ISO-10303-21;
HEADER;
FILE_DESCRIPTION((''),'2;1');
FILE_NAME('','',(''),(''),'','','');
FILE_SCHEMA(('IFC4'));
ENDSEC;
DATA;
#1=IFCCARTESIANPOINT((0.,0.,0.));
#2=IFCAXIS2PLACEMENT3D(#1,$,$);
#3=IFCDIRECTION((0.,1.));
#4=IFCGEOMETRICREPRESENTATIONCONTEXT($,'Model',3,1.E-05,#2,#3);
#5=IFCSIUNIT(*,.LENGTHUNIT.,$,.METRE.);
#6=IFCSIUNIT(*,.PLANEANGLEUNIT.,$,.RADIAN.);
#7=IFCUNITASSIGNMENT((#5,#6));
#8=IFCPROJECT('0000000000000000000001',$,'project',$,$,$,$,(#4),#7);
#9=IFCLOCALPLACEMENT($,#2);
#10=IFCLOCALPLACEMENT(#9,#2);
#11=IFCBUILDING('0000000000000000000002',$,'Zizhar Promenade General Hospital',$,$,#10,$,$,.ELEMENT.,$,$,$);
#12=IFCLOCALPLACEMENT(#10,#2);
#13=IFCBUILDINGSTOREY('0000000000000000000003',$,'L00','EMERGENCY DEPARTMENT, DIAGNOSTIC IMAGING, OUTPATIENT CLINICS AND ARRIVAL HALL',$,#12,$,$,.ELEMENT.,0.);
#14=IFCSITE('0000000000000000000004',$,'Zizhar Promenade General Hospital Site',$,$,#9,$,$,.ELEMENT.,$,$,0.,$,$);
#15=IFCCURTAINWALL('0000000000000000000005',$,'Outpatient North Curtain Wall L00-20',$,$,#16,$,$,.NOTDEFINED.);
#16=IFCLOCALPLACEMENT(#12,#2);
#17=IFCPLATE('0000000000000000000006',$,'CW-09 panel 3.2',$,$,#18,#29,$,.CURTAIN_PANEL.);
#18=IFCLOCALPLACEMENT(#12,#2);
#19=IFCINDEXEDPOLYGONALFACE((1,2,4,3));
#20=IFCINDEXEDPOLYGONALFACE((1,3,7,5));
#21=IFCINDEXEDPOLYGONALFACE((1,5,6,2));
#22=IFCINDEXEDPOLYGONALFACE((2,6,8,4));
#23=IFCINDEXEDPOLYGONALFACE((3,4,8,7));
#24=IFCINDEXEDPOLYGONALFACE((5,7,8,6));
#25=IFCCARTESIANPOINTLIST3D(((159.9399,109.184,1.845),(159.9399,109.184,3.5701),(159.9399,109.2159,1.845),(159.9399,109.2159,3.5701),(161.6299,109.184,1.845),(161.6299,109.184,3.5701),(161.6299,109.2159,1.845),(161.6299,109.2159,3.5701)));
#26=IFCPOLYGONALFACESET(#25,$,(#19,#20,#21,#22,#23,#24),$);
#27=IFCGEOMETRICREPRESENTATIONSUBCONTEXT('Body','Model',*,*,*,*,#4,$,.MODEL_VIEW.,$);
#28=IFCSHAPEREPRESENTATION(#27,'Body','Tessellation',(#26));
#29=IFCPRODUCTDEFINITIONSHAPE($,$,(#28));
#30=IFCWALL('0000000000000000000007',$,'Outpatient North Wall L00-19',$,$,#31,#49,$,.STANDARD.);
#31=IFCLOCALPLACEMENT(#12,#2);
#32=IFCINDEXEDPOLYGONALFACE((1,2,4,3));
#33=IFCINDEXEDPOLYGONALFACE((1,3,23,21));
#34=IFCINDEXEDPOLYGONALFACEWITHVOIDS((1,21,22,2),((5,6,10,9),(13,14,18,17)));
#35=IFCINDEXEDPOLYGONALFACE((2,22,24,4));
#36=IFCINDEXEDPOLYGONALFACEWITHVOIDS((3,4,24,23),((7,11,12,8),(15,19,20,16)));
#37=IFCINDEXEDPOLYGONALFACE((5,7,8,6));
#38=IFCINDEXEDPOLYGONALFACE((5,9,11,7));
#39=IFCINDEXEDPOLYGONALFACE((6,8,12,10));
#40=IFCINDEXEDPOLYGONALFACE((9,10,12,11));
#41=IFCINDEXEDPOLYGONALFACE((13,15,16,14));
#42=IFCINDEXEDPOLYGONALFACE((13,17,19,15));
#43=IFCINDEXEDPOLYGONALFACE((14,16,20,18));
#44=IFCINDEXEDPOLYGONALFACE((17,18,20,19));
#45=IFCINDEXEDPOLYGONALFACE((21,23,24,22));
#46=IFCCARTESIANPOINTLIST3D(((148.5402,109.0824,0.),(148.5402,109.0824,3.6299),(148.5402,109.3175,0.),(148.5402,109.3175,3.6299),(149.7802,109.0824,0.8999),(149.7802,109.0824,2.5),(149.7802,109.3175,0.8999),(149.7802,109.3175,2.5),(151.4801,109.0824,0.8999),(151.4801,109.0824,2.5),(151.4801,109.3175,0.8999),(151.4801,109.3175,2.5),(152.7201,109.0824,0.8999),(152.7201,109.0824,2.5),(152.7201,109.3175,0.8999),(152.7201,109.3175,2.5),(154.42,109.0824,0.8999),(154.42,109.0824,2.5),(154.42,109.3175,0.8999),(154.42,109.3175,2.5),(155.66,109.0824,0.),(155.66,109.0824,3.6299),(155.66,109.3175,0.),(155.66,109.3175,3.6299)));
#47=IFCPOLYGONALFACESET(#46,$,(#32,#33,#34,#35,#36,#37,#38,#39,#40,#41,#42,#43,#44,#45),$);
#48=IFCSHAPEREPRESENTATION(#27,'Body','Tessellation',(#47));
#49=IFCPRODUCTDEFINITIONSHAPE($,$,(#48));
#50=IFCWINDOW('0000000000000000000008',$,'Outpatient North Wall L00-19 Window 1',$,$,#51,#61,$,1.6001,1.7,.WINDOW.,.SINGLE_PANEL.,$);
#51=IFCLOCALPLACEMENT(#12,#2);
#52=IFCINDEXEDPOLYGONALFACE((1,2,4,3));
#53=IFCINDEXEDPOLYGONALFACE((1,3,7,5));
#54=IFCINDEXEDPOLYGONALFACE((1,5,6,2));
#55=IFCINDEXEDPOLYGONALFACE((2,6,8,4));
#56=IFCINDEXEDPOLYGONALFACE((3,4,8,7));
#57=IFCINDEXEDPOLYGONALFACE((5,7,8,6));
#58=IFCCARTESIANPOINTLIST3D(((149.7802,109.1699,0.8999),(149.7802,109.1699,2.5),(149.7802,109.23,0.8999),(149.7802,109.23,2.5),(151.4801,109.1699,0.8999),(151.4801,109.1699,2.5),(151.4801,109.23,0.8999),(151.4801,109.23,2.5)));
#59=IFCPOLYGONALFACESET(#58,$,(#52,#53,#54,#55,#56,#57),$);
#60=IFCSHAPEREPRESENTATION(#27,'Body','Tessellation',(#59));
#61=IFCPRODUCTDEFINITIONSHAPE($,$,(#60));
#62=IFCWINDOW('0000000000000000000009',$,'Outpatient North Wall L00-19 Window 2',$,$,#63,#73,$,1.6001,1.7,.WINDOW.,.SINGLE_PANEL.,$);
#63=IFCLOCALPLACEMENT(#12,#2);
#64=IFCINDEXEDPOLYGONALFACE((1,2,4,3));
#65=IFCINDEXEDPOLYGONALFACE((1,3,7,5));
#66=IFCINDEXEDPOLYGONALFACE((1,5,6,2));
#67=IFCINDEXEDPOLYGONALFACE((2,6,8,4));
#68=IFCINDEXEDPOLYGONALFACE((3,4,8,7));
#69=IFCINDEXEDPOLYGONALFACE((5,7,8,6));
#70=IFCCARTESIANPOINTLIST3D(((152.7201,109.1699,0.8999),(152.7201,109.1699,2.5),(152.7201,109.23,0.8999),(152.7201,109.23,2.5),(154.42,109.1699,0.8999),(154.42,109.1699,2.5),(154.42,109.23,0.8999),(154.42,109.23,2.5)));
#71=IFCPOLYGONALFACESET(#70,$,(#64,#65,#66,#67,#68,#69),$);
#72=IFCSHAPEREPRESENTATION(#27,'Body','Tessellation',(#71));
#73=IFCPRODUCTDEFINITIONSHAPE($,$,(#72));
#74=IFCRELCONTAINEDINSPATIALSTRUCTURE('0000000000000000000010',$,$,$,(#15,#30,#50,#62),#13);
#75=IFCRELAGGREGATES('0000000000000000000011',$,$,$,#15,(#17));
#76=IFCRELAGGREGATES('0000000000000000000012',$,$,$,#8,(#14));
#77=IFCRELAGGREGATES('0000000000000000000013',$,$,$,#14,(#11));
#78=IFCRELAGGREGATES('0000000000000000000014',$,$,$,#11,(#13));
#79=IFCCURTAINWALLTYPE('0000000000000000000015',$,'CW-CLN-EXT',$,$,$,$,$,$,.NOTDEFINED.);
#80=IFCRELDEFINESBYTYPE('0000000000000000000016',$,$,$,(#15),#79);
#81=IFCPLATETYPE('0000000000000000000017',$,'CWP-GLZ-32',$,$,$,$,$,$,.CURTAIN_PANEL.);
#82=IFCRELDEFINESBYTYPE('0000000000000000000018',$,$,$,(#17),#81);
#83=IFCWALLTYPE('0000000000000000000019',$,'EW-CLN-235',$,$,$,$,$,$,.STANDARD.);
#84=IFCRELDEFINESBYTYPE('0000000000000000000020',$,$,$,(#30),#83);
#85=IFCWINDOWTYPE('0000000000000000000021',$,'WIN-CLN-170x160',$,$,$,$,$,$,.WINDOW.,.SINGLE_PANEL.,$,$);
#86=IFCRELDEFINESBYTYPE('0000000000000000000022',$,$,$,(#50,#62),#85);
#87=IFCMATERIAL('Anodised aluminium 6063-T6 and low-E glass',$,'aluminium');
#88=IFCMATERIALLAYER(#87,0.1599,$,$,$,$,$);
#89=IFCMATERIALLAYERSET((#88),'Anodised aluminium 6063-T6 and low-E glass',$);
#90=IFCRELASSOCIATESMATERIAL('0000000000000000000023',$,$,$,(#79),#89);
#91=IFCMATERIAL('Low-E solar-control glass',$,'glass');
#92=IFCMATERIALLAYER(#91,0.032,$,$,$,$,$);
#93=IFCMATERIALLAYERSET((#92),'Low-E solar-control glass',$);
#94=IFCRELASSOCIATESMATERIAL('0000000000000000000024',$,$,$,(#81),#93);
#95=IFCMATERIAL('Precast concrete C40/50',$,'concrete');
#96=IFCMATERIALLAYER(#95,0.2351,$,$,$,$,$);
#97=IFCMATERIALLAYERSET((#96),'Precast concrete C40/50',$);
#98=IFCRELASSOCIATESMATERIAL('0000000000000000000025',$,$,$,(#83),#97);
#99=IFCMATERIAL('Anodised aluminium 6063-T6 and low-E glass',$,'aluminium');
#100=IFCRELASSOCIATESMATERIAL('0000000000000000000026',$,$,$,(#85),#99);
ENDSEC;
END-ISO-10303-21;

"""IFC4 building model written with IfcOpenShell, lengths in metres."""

from ifc_helpers import new_model, si_unit, direction, frame, frame_2d, origin, origin_2d, place, context, subcontext, project, spatial, rectangle, extrude, material, layer, layer_set, type_object, element, fill, aggregate, save


model = new_model("IFC4")

# Units and contexts
model_context = context("Model", 3, precision=1e-05, world=origin(), true_north=direction((0.0, 1.0)))
body_context = subcontext(model_context, "Body", "Model", "MODEL_VIEW")
ifc_project = project(units=[si_unit("LENGTHUNIT", "METRE"), si_unit("PLANEANGLEUNIT", "RADIAN")], contexts=[model_context])

# Site, building, storey
site_placement = place(None, origin())
site = spatial("IfcSite", under=ifc_project, at=site_placement, Name="Zizhar Promenade General Hospital Site", CompositionType="ELEMENT", RefElevation=0.0)
building_placement = place(site_placement, origin())
building = spatial("IfcBuilding", under=site, at=building_placement, Name="Zizhar Promenade General Hospital", CompositionType="ELEMENT")
storey_placement = place(building_placement, origin())
storey = spatial("IfcBuildingStorey", under=building, at=storey_placement, Name="L00", Description="EMERGENCY DEPARTMENT, DIAGNOSTIC IMAGING, OUTPATIENT CLINICS AND ARRIVAL HALL", CompositionType="ELEMENT", Elevation=0.0)

# Curtain wall, plate
ifc_material_1 = material(Name="Anodised aluminium 6063-T6 and low-E glass", Category="aluminium")
ifc_layer_1 = layer(ifc_material_1, 0.1599)
ifc_layer_set_1 = layer_set([ifc_layer_1], Name="Anodised aluminium 6063-T6 and low-E glass")
curtain_wall_type = type_object("IfcCurtainWallType", Name="CW-CLN-EXT", PredefinedType="NOTDEFINED", material=ifc_layer_set_1)
curtain_wall_placement = place(storey_placement, origin())
curtain_wall = element("IfcCurtainWall", 1, at=curtain_wall_placement, inside=storey, type_object=curtain_wall_type, Name="Outpatient North Curtain Wall L00-20", PredefinedType="NOTDEFINED")
ifc_material_2 = material(Name="Low-E solar-control glass", Category="glass")
ifc_layer_2 = layer(ifc_material_2, 0.032)
ifc_layer_set_2 = layer_set([ifc_layer_2], Name="Low-E solar-control glass")
plate_type = type_object("IfcPlateType", Name="CWP-GLZ-32", PredefinedType="CURTAIN_PANEL", material=ifc_layer_set_2)
plate_1_placement = place(storey_placement, frame((160.7849, 109.2, 1.845), z_axis=(0.0, 0.0, 1.0), x_axis=(1.0, 0.0, 0.0)))
plate_1 = element("IfcPlate", 2, at=plate_1_placement, type_object=plate_type, Name="CW-09 panel 3.2", PredefinedType="CURTAIN_PANEL", context=body_context, shape_type="SweptSolid", body=[
    extrude(rectangle(XDim=1.6899, YDim=0.032, at=origin_2d()), origin(), (0.0, 0.0, 1.0), 1.7251),
])
aggregate(curtain_wall, [plate_1])

# Wall, openings, windows
ifc_material_3 = material(Name="Precast concrete C40/50", Category="concrete")
ifc_layer_3 = layer(ifc_material_3, 0.2351)
ifc_layer_set_3 = layer_set([ifc_layer_3], Name="Precast concrete C40/50")
wall_type = type_object("IfcWallType", Name="EW-CLN-235", PredefinedType="STANDARD", material=ifc_layer_set_3)
wall_placement = place(storey_placement, frame((148.54, 109.2, 0.0), z_axis=(0.0, 0.0, 1.0), x_axis=(1.0, 0.0, 0.0)))
wall = element("IfcWall", 3, at=wall_placement, inside=storey, type_object=wall_type, Name="Outpatient North Wall L00-19", PredefinedType="STANDARD", context=body_context, shape_type="SweptSolid", body=[
    extrude(rectangle(XDim=7.1199, YDim=0.2351, at=frame_2d((3.5601, 0.0))), origin(), (0.0, 0.0, 1.0), 3.6299),
])
opening_1_placement = place(wall_placement, frame((1.24, 0.0, 0.8999)))
opening_1 = element("IfcOpeningElement", 4, at=opening_1_placement, cuts=wall, PredefinedType="OPENING", context=body_context, shape_type="SweptSolid", body=[
    extrude(rectangle(XDim=1.7, YDim=1.6001, at=frame_2d((0.8501, 0.8))), frame((0.0, 0.1274, 0.0), z_axis=(0.0, -1.0, 0.0), x_axis=(1.0, 0.0, 0.0)), (0.0, 0.0, 1.0), 0.2551),
])
opening_2_placement = place(wall_placement, frame((4.1799, 0.0, 0.8999)))
opening_2 = element("IfcOpeningElement", 5, at=opening_2_placement, cuts=wall, PredefinedType="OPENING", context=body_context, shape_type="SweptSolid", body=[
    extrude(rectangle(XDim=1.7, YDim=1.6001, at=frame_2d((0.8501, 0.8))), frame((0.0, 0.1274, 0.0), z_axis=(0.0, -1.0, 0.0), x_axis=(1.0, 0.0, 0.0)), (0.0, 0.0, 1.0), 0.2551),
])
ifc_material_4 = material(Name="Anodised aluminium 6063-T6 and low-E glass", Category="aluminium")
window_type = type_object("IfcWindowType", Name="WIN-CLN-170x160", PartitioningType="SINGLE_PANEL", PredefinedType="WINDOW", material=ifc_material_4)
window_1_placement = place(opening_1_placement, origin())
window_1 = element("IfcWindow", 6, at=window_1_placement, inside=storey, type_object=window_type, Name="Outpatient North Wall L00-19 Window 1", OverallHeight=1.6001, OverallWidth=1.7, PartitioningType="SINGLE_PANEL", PredefinedType="WINDOW", context=body_context, shape_type="SweptSolid", body=[
    extrude(rectangle(XDim=1.7, YDim=1.6001, at=frame_2d((0.8501, 0.8))), frame((0.0, 0.03, 0.0), z_axis=(0.0, -1.0, 0.0), x_axis=(1.0, 0.0, 0.0)), (0.0, 0.0, 1.0), 0.0601),
])
fill(opening_1, window_1)
window_2_placement = place(opening_2_placement, origin())
window_2 = element("IfcWindow", 7, at=window_2_placement, inside=storey, type_object=window_type, Name="Outpatient North Wall L00-19 Window 2", OverallHeight=1.6001, OverallWidth=1.7, PartitioningType="SINGLE_PANEL", PredefinedType="WINDOW", context=body_context, shape_type="SweptSolid", body=[
    extrude(rectangle(XDim=1.7, YDim=1.6001, at=frame_2d((0.8501, 0.8))), frame((0.0, 0.03, 0.0), z_axis=(0.0, -1.0, 0.0), x_axis=(1.0, 0.0, 0.0)), (0.0, 0.0, 1.0), 0.0601),
])
fill(opening_2, window_2)

save(model, "model.ifc")
